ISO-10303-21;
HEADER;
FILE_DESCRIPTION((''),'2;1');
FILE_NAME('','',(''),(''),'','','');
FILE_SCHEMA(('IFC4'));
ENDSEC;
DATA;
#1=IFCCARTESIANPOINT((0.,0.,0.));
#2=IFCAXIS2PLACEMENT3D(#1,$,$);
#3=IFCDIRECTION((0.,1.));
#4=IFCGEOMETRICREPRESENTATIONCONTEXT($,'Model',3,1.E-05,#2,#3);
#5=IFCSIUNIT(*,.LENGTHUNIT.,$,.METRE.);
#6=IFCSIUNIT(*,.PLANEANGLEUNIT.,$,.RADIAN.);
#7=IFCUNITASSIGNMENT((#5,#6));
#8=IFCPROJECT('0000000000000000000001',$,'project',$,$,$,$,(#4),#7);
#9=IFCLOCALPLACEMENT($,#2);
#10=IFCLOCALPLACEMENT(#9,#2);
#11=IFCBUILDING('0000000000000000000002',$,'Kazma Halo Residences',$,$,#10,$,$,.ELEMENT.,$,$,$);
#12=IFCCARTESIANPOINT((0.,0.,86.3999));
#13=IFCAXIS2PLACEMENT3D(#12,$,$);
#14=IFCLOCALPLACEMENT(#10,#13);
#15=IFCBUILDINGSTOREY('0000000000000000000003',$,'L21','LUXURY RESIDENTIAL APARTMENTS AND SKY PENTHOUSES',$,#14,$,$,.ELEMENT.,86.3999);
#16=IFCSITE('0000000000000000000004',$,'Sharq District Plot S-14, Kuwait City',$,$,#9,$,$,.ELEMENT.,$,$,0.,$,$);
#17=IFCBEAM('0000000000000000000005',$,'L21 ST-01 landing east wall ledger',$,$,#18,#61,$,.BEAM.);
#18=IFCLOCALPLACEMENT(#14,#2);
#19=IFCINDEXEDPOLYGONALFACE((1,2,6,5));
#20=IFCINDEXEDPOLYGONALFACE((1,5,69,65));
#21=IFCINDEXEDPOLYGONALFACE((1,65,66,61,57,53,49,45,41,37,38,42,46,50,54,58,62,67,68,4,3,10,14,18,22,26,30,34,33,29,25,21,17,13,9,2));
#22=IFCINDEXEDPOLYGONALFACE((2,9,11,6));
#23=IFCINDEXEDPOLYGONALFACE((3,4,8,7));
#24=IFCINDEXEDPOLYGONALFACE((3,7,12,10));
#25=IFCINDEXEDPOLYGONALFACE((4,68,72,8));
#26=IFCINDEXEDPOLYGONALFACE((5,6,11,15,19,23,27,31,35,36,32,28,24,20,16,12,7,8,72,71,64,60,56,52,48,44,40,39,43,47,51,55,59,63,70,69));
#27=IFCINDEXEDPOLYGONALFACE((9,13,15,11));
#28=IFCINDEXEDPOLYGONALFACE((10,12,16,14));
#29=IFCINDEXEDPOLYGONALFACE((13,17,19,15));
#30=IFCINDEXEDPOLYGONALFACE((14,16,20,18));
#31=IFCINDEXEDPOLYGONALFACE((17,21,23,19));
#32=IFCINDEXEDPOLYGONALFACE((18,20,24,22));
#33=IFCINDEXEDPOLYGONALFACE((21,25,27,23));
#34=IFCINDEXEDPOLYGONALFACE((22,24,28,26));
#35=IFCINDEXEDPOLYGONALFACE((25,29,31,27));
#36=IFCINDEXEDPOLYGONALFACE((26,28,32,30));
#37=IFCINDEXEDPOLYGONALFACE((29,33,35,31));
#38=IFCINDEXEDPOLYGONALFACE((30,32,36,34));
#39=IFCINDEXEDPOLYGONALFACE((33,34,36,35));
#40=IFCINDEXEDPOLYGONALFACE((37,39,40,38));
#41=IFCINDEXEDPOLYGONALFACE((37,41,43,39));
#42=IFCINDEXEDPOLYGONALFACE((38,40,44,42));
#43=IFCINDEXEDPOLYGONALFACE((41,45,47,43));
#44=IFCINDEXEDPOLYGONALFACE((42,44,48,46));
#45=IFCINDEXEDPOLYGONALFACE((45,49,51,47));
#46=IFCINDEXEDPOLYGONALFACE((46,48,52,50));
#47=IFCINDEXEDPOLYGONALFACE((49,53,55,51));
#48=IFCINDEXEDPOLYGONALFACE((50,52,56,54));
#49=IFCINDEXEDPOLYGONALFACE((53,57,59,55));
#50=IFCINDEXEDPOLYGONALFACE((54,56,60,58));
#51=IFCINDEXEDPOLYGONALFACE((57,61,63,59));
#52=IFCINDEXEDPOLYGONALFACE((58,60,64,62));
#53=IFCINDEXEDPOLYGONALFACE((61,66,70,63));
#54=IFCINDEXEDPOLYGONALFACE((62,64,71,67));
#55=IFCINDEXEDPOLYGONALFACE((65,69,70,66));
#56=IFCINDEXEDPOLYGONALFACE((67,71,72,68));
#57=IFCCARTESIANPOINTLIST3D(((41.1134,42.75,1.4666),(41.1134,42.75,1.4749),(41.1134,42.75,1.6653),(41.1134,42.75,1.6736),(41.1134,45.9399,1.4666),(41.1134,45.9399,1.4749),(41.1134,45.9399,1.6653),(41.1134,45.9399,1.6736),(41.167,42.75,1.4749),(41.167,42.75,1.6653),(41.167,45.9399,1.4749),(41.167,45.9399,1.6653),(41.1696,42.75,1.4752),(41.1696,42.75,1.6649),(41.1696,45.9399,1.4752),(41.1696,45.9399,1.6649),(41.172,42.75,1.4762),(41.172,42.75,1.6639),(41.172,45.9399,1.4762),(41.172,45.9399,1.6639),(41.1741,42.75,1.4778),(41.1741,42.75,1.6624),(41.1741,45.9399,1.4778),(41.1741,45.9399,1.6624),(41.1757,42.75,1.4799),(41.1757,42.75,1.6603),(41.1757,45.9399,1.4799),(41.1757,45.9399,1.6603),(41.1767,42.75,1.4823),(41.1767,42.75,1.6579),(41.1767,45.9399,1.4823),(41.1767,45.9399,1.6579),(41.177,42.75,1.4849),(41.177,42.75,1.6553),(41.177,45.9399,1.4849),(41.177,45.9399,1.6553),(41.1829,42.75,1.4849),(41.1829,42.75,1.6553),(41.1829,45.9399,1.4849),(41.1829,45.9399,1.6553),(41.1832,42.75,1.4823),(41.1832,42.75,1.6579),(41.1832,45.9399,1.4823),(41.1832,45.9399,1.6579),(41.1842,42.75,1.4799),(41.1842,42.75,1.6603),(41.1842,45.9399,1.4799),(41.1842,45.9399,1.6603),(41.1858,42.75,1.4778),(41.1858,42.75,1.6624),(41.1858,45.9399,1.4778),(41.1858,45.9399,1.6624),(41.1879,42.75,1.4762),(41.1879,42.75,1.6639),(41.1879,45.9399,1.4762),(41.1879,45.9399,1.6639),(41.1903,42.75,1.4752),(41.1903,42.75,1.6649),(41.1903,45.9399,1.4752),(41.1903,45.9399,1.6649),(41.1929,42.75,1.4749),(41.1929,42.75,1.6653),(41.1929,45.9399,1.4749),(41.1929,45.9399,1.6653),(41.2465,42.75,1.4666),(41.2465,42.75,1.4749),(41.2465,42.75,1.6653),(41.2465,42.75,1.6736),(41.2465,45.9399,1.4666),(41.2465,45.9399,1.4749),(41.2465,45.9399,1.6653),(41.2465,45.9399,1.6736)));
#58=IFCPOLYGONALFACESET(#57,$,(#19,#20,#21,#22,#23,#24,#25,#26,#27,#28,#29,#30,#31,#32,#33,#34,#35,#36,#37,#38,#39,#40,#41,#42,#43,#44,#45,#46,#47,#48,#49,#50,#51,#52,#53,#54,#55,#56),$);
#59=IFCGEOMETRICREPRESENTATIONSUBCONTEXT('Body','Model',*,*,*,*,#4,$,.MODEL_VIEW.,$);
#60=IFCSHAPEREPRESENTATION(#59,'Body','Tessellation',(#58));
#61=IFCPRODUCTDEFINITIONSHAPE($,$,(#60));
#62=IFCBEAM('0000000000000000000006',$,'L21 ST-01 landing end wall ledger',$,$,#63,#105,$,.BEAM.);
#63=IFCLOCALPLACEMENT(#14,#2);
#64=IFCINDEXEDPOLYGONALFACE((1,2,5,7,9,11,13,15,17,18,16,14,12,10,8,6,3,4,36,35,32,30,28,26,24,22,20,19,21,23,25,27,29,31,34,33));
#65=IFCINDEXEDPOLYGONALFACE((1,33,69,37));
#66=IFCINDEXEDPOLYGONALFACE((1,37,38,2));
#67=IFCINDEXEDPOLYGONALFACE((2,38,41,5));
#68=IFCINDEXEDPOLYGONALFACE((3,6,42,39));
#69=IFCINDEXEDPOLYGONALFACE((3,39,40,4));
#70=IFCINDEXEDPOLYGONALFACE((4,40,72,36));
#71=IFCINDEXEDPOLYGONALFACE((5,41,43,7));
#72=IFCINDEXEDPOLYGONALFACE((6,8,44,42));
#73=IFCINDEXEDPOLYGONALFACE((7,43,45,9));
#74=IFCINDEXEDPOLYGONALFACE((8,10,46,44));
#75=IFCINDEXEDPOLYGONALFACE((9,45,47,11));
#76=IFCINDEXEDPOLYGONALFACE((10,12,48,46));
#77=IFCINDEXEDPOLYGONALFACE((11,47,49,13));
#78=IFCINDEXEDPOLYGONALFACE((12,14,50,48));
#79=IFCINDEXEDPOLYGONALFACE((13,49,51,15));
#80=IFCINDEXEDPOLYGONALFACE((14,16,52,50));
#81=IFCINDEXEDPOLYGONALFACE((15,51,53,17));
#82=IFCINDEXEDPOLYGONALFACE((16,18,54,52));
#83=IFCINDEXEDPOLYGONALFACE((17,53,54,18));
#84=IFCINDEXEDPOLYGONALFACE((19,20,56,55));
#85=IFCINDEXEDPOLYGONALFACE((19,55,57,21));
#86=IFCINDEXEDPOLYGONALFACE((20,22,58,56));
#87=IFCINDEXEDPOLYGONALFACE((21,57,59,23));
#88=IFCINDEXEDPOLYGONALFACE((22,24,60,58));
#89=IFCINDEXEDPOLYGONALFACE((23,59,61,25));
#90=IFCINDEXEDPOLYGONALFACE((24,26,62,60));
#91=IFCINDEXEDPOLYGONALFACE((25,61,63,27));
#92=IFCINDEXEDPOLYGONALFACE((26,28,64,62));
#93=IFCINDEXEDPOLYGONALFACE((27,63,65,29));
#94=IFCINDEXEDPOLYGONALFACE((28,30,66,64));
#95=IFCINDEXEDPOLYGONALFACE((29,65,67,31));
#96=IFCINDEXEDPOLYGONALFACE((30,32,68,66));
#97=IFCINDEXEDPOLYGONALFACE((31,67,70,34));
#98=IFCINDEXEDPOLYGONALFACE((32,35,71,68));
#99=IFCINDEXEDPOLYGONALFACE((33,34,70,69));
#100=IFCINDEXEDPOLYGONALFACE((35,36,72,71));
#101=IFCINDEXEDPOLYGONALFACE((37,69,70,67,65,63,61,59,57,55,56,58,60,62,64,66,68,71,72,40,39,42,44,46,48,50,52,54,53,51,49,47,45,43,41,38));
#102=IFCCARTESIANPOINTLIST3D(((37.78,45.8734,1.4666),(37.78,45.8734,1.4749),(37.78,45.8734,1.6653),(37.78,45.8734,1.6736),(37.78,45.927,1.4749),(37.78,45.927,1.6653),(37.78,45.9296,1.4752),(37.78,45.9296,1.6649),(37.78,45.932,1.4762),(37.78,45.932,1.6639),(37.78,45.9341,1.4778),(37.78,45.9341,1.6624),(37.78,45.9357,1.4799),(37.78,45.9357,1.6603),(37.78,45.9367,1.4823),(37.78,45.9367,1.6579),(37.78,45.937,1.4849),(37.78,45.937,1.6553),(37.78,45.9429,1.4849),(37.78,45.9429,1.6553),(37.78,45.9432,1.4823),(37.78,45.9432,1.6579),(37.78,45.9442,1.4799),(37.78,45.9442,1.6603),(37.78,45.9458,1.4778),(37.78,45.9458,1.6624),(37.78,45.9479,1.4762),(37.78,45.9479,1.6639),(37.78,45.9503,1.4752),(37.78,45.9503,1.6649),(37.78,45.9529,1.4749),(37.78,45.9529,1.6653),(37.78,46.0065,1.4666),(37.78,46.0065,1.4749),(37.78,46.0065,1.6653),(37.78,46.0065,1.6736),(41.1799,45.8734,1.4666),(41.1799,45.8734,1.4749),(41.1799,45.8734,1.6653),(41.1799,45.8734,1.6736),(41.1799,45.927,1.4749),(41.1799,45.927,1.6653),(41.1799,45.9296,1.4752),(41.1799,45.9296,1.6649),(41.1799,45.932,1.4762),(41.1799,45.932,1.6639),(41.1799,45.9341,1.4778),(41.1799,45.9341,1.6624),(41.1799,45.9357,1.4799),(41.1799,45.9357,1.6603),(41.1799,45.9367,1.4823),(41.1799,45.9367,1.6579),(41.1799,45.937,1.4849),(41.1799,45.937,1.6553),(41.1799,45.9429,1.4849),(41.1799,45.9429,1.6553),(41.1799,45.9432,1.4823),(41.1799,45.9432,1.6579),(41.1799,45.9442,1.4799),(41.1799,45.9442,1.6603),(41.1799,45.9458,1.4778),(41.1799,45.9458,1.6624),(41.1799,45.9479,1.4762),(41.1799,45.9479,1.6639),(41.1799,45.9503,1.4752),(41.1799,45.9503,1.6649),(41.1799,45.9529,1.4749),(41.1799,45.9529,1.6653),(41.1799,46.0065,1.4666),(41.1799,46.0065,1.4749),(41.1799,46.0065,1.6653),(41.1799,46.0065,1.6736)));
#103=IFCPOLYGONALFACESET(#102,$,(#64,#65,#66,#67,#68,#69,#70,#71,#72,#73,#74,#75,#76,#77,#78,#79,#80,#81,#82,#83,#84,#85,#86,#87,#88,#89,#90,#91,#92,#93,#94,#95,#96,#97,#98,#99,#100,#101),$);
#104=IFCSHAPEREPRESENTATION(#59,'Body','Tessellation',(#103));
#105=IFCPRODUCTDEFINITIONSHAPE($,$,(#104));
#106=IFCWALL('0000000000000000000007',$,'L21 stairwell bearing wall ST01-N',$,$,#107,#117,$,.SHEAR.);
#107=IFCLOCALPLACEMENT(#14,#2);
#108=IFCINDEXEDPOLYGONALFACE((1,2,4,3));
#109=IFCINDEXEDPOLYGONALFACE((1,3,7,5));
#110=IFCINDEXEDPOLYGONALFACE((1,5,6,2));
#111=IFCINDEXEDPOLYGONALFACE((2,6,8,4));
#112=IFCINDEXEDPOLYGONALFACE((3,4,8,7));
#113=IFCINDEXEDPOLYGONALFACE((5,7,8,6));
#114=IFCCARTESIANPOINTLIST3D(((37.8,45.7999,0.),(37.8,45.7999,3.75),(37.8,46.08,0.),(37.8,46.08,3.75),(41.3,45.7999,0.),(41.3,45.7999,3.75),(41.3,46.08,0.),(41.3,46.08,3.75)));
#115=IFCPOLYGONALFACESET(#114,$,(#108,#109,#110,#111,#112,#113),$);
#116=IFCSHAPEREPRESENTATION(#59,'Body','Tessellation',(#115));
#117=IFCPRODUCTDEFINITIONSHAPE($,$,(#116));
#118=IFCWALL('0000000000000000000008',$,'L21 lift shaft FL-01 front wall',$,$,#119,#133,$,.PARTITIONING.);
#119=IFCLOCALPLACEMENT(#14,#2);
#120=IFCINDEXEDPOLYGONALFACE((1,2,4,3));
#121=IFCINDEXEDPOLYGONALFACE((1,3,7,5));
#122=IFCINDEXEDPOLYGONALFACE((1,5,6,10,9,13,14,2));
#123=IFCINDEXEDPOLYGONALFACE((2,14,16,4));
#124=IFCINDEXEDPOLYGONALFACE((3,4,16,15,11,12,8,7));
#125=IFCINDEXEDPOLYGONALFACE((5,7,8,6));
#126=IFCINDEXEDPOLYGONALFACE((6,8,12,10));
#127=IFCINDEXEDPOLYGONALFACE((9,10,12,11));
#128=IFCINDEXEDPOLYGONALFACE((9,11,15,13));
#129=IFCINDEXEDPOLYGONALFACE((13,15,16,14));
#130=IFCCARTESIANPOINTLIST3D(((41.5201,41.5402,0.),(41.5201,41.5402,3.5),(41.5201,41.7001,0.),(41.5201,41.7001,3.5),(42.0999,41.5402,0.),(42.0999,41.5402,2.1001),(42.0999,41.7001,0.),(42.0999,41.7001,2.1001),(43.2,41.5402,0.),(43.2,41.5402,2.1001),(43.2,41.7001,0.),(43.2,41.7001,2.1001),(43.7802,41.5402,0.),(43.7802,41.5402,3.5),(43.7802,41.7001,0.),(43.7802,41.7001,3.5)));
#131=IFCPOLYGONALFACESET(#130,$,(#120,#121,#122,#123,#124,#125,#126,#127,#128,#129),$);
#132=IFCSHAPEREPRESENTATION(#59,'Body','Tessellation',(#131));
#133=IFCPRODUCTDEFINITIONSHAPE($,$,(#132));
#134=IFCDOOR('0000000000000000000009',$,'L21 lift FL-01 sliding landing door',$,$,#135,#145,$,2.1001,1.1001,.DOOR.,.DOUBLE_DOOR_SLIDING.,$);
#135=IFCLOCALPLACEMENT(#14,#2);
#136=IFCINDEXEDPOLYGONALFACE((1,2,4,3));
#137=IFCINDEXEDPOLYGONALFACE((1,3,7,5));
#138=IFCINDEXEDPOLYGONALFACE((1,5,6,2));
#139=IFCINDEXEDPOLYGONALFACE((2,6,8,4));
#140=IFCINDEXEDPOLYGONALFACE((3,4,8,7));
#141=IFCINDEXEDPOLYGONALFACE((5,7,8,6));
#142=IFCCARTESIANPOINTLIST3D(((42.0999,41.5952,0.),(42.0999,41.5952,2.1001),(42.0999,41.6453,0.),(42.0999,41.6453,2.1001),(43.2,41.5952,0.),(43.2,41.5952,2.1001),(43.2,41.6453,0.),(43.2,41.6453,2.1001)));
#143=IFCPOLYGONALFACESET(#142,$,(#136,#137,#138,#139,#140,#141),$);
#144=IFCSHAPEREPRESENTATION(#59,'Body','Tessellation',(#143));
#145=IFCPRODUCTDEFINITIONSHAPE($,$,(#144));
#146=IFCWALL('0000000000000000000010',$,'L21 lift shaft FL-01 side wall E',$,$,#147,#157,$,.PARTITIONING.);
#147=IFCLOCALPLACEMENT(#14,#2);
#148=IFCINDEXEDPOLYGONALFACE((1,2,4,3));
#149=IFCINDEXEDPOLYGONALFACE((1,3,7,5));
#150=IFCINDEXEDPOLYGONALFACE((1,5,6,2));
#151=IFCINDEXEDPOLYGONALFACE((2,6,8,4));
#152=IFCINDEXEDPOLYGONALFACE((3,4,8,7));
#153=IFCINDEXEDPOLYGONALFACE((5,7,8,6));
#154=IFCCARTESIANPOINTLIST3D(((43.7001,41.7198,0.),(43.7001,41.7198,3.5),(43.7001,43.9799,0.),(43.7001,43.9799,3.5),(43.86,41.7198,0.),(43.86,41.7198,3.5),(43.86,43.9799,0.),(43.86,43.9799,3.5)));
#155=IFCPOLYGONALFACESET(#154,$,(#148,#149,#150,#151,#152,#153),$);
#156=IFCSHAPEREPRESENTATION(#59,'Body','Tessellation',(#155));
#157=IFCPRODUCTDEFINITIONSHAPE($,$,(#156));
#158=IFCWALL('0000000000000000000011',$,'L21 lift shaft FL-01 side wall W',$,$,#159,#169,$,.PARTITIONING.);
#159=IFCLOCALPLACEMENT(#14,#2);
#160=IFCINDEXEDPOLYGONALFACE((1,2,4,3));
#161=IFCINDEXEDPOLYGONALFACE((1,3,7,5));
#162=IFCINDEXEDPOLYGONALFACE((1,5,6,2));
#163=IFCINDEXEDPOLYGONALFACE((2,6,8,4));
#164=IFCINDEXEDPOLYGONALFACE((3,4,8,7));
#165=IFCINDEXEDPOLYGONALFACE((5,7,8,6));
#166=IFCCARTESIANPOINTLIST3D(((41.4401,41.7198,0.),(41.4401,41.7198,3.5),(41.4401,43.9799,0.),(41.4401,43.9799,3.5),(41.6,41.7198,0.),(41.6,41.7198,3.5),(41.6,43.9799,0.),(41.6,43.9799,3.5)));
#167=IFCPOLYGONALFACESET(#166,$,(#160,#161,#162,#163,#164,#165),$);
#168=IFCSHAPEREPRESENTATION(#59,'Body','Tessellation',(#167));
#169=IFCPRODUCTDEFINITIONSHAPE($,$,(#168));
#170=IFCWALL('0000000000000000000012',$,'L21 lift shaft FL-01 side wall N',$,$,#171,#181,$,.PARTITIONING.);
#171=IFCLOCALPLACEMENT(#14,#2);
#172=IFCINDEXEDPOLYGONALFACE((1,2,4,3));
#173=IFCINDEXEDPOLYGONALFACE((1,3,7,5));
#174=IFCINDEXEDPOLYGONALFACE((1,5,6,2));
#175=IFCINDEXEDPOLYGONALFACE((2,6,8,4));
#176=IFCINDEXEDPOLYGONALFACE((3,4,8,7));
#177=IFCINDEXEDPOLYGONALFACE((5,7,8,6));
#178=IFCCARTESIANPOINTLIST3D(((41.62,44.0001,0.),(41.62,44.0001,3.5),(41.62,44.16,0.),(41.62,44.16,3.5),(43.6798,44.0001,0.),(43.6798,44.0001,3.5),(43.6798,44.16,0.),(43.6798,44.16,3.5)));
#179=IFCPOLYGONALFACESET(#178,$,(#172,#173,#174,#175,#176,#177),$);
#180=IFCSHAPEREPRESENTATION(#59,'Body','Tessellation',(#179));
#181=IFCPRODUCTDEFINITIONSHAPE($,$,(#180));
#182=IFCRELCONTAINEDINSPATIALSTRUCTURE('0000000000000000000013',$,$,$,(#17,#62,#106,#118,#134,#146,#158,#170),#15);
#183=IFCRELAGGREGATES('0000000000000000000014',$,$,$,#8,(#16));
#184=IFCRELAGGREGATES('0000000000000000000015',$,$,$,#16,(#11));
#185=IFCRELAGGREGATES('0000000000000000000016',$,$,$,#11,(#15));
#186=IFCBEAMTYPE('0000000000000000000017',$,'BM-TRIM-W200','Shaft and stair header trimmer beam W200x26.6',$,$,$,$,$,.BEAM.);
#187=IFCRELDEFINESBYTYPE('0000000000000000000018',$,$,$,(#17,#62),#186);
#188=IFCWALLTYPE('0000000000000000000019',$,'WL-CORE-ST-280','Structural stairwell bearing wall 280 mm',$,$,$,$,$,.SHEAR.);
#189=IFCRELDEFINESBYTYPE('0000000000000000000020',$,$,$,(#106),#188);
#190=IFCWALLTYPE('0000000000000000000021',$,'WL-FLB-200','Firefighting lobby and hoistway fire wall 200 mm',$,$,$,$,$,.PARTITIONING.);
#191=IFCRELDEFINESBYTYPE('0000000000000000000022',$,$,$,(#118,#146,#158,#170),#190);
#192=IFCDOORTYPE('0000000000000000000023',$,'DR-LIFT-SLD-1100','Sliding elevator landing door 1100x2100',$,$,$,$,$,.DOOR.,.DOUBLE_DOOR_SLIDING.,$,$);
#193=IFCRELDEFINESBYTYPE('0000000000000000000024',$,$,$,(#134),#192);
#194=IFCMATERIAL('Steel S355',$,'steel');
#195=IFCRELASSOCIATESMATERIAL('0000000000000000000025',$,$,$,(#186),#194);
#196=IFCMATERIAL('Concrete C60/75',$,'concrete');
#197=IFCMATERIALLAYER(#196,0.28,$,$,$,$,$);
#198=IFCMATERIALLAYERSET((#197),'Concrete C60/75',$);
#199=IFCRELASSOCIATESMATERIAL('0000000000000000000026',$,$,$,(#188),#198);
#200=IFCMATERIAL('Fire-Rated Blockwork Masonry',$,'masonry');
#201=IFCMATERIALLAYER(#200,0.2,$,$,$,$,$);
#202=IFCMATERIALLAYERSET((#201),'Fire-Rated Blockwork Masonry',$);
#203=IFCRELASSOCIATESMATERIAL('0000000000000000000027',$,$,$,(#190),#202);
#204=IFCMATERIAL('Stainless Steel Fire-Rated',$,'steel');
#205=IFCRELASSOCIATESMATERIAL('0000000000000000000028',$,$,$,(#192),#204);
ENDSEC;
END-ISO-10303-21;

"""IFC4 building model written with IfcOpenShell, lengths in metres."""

from ifc_helpers import new_model, si_unit, direction, frame, frame_2d, origin, origin_2d, place, context, subcontext, project, spatial, rectangle, i_section, extrude, material, layer, layer_set, material_profile, profile_set, type_object, element, fill, save


model = new_model("IFC4")

# Units and contexts
model_context = context("Model", 3, precision=1e-05, world=origin(), true_north=direction((0.0, 1.0)))
body_context = subcontext(model_context, "Body", "Model", "MODEL_VIEW")
ifc_project = project(units=[si_unit("LENGTHUNIT", "METRE"), si_unit("PLANEANGLEUNIT", "RADIAN")], contexts=[model_context])

# Site, building, storey
site_placement = place(None, origin())
site = spatial("IfcSite", under=ifc_project, at=site_placement, Name="Sharq District Plot S-14, Kuwait City", CompositionType="ELEMENT", RefElevation=0.0)
building_placement = place(site_placement, origin())
building = spatial("IfcBuilding", under=site, at=building_placement, Name="Kazma Halo Residences", CompositionType="ELEMENT")
storey_placement = place(building_placement, frame((0.0, 0.0, 86.3999)))
storey = spatial("IfcBuildingStorey", under=building, at=storey_placement, Name="L21", Description="LUXURY RESIDENTIAL APARTMENTS AND SKY PENTHOUSES", CompositionType="ELEMENT", Elevation=86.3999)

# Shared definitions
ifc_material_1 = material(Name="Steel S355", Category="steel")

# Beams
ifc_material_profile_1 = material_profile(ifc_material_1, i_section(OverallWidth=0.1331, OverallDepth=0.207, WebThickness=0.0059, FlangeThickness=0.0083, FilletRadius=0.01, at=origin_2d()), Name="W200x26.6")
ifc_profile_set_1 = profile_set([ifc_material_profile_1], Name="Steel S355")
beam_type_1 = type_object("IfcBeamType", Name="BM-TRIM-W200", Description="Shaft and stair header trimmer beam W200x26.6", PredefinedType="BEAM", material=ifc_profile_set_1)
beam_1_placement = place(storey_placement, frame((41.1799, 42.75, 1.5701), z_axis=(0.0, 1.0, 0.0), x_axis=(-1.0, 0.0, 0.0)))
element("IfcBeam", 1, at=beam_1_placement, inside=storey, type_object=beam_type_1, Name="L21 ST-01 landing east wall ledger", PredefinedType="BEAM", context=body_context, shape_type="SweptSolid", body=[
    extrude(i_section(OverallWidth=0.1331, OverallDepth=0.207, WebThickness=0.0059, FlangeThickness=0.0083, FilletRadius=0.01, at=origin_2d()), origin(), (0.0, 0.0, 1.0), 3.1899),
])
beam_2_placement = place(storey_placement, frame((37.78, 45.9399, 1.5701), z_axis=(1.0, 0.0, 0.0), x_axis=(0.0, 1.0, 0.0)))
element("IfcBeam", 2, at=beam_2_placement, inside=storey, type_object=beam_type_1, Name="L21 ST-01 landing end wall ledger", PredefinedType="BEAM", context=body_context, shape_type="SweptSolid", body=[
    extrude(i_section(OverallWidth=0.1331, OverallDepth=0.207, WebThickness=0.0059, FlangeThickness=0.0083, FilletRadius=0.01, at=origin_2d()), origin(), (0.0, 0.0, 1.0), 3.3999),
])

# Wall
ifc_material_2 = material(Name="Concrete C60/75", Category="concrete")
ifc_layer_1 = layer(ifc_material_2, 0.28)
ifc_layer_set_1 = layer_set([ifc_layer_1], Name="Concrete C60/75")
wall_type_1 = type_object("IfcWallType", Name="WL-CORE-ST-280", Description="Structural stairwell bearing wall 280 mm", PredefinedType="SHEAR", material=ifc_layer_set_1)
wall_1_placement = place(storey_placement, frame((37.8, 45.9399, 0.0), z_axis=(0.0, 0.0, 1.0), x_axis=(1.0, 0.0, 0.0)))
element("IfcWall", 3, at=wall_1_placement, inside=storey, type_object=wall_type_1, Name="L21 stairwell bearing wall ST01-N", PredefinedType="SHEAR", context=body_context, shape_type="SweptSolid", body=[
    extrude(rectangle(XDim=3.5, YDim=0.28, at=frame_2d((1.75, 0.0))), origin(), (0.0, 0.0, 1.0), 3.75),
])

# Wall, opening, door
ifc_material_3 = material(Name="Fire-Rated Blockwork Masonry", Category="masonry")
ifc_layer_2 = layer(ifc_material_3, 0.2)
ifc_layer_set_2 = layer_set([ifc_layer_2], Name="Fire-Rated Blockwork Masonry")
wall_type_2 = type_object("IfcWallType", Name="WL-FLB-200", Description="Firefighting lobby and hoistway fire wall 200 mm", PredefinedType="PARTITIONING", material=ifc_layer_set_2)
wall_2_placement = place(storey_placement, frame((43.78, 41.6201, 0.0), z_axis=(0.0, 0.0, 1.0), x_axis=(-1.0, 0.0, 0.0)))
wall_2 = element("IfcWall", 4, at=wall_2_placement, inside=storey, type_object=wall_type_2, Name="L21 lift shaft FL-01 front wall", PredefinedType="PARTITIONING", context=body_context, shape_type="SweptSolid", body=[
    extrude(rectangle(XDim=2.26, YDim=0.1599, at=frame_2d((1.1299, 0.0))), origin(), (0.0, 0.0, 1.0), 3.5),
])
opening_1_placement = place(wall_2_placement, frame((0.5801, 0.0, 0.0)))
opening_1 = element("IfcOpeningElement", 5, at=opening_1_placement, cuts=wall_2, PredefinedType="OPENING", context=body_context, shape_type="SweptSolid", body=[
    extrude(rectangle(XDim=1.1001, YDim=2.1001, at=frame_2d((0.55, 1.05))), frame((0.0, 0.0898, 0.0), z_axis=(0.0, -1.0, 0.0), x_axis=(1.0, 0.0, 0.0)), (0.0, 0.0, 1.0), 0.1799),
])
ifc_material_4 = material(Name="Stainless Steel Fire-Rated", Category="steel")
door_type_1 = type_object("IfcDoorType", Name="DR-LIFT-SLD-1100", Description="Sliding elevator landing door 1100x2100", OperationType="DOUBLE_DOOR_SLIDING", PredefinedType="DOOR", material=ifc_material_4)
door_1_placement = place(opening_1_placement, origin())
door_1 = element("IfcDoor", 6, at=door_1_placement, inside=storey, type_object=door_type_1, Name="L21 lift FL-01 sliding landing door", OperationType="DOUBLE_DOOR_SLIDING", OverallHeight=2.1001, OverallWidth=1.1001, PredefinedType="DOOR", context=body_context, shape_type="SweptSolid", body=[
    extrude(rectangle(XDim=1.1001, YDim=2.1001, at=frame_2d((0.55, 1.05))), frame((0.0, 0.0249, 0.0), z_axis=(0.0, -1.0, 0.0), x_axis=(1.0, 0.0, 0.0)), (0.0, 0.0, 1.0), 0.05),
])
fill(opening_1, door_1)

# Walls
for number, where, z_axis, x_axis, name in (
    (7, (43.78, 41.72, 0.0), (0.0, 0.0, 1.0), (0.0, 1.0, 0.0), "L21 lift shaft FL-01 side wall E"),
    (8, (41.52, 41.72, 0.0), (0.0, 0.0, 1.0), (0.0, 1.0, 0.0), "L21 lift shaft FL-01 side wall W"),
):
    element("IfcWall", number, at=place(storey_placement, frame(where, z_axis=z_axis, x_axis=x_axis)), inside=storey, type_object=wall_type_2, Name=name, PredefinedType="PARTITIONING", context=body_context, shape_type="SweptSolid", body=[
        extrude(rectangle(XDim=2.26, YDim=0.1599, at=frame_2d((1.1299, 0.0))), origin(), (0.0, 0.0, 1.0), 3.5),
    ])
wall_3_placement = place(storey_placement, frame((41.6201, 44.0801, 0.0), z_axis=(0.0, 0.0, 1.0), x_axis=(1.0, 0.0, 0.0)))
element("IfcWall", 9, at=wall_3_placement, inside=storey, type_object=wall_type_2, Name="L21 lift shaft FL-01 side wall N", PredefinedType="PARTITIONING", context=body_context, shape_type="SweptSolid", body=[
    extrude(rectangle(XDim=2.0598, YDim=0.1599, at=frame_2d((1.0298, 0.0))), origin(), (0.0, 0.0, 1.0), 3.5),
])

save(model, "model.ifc")
